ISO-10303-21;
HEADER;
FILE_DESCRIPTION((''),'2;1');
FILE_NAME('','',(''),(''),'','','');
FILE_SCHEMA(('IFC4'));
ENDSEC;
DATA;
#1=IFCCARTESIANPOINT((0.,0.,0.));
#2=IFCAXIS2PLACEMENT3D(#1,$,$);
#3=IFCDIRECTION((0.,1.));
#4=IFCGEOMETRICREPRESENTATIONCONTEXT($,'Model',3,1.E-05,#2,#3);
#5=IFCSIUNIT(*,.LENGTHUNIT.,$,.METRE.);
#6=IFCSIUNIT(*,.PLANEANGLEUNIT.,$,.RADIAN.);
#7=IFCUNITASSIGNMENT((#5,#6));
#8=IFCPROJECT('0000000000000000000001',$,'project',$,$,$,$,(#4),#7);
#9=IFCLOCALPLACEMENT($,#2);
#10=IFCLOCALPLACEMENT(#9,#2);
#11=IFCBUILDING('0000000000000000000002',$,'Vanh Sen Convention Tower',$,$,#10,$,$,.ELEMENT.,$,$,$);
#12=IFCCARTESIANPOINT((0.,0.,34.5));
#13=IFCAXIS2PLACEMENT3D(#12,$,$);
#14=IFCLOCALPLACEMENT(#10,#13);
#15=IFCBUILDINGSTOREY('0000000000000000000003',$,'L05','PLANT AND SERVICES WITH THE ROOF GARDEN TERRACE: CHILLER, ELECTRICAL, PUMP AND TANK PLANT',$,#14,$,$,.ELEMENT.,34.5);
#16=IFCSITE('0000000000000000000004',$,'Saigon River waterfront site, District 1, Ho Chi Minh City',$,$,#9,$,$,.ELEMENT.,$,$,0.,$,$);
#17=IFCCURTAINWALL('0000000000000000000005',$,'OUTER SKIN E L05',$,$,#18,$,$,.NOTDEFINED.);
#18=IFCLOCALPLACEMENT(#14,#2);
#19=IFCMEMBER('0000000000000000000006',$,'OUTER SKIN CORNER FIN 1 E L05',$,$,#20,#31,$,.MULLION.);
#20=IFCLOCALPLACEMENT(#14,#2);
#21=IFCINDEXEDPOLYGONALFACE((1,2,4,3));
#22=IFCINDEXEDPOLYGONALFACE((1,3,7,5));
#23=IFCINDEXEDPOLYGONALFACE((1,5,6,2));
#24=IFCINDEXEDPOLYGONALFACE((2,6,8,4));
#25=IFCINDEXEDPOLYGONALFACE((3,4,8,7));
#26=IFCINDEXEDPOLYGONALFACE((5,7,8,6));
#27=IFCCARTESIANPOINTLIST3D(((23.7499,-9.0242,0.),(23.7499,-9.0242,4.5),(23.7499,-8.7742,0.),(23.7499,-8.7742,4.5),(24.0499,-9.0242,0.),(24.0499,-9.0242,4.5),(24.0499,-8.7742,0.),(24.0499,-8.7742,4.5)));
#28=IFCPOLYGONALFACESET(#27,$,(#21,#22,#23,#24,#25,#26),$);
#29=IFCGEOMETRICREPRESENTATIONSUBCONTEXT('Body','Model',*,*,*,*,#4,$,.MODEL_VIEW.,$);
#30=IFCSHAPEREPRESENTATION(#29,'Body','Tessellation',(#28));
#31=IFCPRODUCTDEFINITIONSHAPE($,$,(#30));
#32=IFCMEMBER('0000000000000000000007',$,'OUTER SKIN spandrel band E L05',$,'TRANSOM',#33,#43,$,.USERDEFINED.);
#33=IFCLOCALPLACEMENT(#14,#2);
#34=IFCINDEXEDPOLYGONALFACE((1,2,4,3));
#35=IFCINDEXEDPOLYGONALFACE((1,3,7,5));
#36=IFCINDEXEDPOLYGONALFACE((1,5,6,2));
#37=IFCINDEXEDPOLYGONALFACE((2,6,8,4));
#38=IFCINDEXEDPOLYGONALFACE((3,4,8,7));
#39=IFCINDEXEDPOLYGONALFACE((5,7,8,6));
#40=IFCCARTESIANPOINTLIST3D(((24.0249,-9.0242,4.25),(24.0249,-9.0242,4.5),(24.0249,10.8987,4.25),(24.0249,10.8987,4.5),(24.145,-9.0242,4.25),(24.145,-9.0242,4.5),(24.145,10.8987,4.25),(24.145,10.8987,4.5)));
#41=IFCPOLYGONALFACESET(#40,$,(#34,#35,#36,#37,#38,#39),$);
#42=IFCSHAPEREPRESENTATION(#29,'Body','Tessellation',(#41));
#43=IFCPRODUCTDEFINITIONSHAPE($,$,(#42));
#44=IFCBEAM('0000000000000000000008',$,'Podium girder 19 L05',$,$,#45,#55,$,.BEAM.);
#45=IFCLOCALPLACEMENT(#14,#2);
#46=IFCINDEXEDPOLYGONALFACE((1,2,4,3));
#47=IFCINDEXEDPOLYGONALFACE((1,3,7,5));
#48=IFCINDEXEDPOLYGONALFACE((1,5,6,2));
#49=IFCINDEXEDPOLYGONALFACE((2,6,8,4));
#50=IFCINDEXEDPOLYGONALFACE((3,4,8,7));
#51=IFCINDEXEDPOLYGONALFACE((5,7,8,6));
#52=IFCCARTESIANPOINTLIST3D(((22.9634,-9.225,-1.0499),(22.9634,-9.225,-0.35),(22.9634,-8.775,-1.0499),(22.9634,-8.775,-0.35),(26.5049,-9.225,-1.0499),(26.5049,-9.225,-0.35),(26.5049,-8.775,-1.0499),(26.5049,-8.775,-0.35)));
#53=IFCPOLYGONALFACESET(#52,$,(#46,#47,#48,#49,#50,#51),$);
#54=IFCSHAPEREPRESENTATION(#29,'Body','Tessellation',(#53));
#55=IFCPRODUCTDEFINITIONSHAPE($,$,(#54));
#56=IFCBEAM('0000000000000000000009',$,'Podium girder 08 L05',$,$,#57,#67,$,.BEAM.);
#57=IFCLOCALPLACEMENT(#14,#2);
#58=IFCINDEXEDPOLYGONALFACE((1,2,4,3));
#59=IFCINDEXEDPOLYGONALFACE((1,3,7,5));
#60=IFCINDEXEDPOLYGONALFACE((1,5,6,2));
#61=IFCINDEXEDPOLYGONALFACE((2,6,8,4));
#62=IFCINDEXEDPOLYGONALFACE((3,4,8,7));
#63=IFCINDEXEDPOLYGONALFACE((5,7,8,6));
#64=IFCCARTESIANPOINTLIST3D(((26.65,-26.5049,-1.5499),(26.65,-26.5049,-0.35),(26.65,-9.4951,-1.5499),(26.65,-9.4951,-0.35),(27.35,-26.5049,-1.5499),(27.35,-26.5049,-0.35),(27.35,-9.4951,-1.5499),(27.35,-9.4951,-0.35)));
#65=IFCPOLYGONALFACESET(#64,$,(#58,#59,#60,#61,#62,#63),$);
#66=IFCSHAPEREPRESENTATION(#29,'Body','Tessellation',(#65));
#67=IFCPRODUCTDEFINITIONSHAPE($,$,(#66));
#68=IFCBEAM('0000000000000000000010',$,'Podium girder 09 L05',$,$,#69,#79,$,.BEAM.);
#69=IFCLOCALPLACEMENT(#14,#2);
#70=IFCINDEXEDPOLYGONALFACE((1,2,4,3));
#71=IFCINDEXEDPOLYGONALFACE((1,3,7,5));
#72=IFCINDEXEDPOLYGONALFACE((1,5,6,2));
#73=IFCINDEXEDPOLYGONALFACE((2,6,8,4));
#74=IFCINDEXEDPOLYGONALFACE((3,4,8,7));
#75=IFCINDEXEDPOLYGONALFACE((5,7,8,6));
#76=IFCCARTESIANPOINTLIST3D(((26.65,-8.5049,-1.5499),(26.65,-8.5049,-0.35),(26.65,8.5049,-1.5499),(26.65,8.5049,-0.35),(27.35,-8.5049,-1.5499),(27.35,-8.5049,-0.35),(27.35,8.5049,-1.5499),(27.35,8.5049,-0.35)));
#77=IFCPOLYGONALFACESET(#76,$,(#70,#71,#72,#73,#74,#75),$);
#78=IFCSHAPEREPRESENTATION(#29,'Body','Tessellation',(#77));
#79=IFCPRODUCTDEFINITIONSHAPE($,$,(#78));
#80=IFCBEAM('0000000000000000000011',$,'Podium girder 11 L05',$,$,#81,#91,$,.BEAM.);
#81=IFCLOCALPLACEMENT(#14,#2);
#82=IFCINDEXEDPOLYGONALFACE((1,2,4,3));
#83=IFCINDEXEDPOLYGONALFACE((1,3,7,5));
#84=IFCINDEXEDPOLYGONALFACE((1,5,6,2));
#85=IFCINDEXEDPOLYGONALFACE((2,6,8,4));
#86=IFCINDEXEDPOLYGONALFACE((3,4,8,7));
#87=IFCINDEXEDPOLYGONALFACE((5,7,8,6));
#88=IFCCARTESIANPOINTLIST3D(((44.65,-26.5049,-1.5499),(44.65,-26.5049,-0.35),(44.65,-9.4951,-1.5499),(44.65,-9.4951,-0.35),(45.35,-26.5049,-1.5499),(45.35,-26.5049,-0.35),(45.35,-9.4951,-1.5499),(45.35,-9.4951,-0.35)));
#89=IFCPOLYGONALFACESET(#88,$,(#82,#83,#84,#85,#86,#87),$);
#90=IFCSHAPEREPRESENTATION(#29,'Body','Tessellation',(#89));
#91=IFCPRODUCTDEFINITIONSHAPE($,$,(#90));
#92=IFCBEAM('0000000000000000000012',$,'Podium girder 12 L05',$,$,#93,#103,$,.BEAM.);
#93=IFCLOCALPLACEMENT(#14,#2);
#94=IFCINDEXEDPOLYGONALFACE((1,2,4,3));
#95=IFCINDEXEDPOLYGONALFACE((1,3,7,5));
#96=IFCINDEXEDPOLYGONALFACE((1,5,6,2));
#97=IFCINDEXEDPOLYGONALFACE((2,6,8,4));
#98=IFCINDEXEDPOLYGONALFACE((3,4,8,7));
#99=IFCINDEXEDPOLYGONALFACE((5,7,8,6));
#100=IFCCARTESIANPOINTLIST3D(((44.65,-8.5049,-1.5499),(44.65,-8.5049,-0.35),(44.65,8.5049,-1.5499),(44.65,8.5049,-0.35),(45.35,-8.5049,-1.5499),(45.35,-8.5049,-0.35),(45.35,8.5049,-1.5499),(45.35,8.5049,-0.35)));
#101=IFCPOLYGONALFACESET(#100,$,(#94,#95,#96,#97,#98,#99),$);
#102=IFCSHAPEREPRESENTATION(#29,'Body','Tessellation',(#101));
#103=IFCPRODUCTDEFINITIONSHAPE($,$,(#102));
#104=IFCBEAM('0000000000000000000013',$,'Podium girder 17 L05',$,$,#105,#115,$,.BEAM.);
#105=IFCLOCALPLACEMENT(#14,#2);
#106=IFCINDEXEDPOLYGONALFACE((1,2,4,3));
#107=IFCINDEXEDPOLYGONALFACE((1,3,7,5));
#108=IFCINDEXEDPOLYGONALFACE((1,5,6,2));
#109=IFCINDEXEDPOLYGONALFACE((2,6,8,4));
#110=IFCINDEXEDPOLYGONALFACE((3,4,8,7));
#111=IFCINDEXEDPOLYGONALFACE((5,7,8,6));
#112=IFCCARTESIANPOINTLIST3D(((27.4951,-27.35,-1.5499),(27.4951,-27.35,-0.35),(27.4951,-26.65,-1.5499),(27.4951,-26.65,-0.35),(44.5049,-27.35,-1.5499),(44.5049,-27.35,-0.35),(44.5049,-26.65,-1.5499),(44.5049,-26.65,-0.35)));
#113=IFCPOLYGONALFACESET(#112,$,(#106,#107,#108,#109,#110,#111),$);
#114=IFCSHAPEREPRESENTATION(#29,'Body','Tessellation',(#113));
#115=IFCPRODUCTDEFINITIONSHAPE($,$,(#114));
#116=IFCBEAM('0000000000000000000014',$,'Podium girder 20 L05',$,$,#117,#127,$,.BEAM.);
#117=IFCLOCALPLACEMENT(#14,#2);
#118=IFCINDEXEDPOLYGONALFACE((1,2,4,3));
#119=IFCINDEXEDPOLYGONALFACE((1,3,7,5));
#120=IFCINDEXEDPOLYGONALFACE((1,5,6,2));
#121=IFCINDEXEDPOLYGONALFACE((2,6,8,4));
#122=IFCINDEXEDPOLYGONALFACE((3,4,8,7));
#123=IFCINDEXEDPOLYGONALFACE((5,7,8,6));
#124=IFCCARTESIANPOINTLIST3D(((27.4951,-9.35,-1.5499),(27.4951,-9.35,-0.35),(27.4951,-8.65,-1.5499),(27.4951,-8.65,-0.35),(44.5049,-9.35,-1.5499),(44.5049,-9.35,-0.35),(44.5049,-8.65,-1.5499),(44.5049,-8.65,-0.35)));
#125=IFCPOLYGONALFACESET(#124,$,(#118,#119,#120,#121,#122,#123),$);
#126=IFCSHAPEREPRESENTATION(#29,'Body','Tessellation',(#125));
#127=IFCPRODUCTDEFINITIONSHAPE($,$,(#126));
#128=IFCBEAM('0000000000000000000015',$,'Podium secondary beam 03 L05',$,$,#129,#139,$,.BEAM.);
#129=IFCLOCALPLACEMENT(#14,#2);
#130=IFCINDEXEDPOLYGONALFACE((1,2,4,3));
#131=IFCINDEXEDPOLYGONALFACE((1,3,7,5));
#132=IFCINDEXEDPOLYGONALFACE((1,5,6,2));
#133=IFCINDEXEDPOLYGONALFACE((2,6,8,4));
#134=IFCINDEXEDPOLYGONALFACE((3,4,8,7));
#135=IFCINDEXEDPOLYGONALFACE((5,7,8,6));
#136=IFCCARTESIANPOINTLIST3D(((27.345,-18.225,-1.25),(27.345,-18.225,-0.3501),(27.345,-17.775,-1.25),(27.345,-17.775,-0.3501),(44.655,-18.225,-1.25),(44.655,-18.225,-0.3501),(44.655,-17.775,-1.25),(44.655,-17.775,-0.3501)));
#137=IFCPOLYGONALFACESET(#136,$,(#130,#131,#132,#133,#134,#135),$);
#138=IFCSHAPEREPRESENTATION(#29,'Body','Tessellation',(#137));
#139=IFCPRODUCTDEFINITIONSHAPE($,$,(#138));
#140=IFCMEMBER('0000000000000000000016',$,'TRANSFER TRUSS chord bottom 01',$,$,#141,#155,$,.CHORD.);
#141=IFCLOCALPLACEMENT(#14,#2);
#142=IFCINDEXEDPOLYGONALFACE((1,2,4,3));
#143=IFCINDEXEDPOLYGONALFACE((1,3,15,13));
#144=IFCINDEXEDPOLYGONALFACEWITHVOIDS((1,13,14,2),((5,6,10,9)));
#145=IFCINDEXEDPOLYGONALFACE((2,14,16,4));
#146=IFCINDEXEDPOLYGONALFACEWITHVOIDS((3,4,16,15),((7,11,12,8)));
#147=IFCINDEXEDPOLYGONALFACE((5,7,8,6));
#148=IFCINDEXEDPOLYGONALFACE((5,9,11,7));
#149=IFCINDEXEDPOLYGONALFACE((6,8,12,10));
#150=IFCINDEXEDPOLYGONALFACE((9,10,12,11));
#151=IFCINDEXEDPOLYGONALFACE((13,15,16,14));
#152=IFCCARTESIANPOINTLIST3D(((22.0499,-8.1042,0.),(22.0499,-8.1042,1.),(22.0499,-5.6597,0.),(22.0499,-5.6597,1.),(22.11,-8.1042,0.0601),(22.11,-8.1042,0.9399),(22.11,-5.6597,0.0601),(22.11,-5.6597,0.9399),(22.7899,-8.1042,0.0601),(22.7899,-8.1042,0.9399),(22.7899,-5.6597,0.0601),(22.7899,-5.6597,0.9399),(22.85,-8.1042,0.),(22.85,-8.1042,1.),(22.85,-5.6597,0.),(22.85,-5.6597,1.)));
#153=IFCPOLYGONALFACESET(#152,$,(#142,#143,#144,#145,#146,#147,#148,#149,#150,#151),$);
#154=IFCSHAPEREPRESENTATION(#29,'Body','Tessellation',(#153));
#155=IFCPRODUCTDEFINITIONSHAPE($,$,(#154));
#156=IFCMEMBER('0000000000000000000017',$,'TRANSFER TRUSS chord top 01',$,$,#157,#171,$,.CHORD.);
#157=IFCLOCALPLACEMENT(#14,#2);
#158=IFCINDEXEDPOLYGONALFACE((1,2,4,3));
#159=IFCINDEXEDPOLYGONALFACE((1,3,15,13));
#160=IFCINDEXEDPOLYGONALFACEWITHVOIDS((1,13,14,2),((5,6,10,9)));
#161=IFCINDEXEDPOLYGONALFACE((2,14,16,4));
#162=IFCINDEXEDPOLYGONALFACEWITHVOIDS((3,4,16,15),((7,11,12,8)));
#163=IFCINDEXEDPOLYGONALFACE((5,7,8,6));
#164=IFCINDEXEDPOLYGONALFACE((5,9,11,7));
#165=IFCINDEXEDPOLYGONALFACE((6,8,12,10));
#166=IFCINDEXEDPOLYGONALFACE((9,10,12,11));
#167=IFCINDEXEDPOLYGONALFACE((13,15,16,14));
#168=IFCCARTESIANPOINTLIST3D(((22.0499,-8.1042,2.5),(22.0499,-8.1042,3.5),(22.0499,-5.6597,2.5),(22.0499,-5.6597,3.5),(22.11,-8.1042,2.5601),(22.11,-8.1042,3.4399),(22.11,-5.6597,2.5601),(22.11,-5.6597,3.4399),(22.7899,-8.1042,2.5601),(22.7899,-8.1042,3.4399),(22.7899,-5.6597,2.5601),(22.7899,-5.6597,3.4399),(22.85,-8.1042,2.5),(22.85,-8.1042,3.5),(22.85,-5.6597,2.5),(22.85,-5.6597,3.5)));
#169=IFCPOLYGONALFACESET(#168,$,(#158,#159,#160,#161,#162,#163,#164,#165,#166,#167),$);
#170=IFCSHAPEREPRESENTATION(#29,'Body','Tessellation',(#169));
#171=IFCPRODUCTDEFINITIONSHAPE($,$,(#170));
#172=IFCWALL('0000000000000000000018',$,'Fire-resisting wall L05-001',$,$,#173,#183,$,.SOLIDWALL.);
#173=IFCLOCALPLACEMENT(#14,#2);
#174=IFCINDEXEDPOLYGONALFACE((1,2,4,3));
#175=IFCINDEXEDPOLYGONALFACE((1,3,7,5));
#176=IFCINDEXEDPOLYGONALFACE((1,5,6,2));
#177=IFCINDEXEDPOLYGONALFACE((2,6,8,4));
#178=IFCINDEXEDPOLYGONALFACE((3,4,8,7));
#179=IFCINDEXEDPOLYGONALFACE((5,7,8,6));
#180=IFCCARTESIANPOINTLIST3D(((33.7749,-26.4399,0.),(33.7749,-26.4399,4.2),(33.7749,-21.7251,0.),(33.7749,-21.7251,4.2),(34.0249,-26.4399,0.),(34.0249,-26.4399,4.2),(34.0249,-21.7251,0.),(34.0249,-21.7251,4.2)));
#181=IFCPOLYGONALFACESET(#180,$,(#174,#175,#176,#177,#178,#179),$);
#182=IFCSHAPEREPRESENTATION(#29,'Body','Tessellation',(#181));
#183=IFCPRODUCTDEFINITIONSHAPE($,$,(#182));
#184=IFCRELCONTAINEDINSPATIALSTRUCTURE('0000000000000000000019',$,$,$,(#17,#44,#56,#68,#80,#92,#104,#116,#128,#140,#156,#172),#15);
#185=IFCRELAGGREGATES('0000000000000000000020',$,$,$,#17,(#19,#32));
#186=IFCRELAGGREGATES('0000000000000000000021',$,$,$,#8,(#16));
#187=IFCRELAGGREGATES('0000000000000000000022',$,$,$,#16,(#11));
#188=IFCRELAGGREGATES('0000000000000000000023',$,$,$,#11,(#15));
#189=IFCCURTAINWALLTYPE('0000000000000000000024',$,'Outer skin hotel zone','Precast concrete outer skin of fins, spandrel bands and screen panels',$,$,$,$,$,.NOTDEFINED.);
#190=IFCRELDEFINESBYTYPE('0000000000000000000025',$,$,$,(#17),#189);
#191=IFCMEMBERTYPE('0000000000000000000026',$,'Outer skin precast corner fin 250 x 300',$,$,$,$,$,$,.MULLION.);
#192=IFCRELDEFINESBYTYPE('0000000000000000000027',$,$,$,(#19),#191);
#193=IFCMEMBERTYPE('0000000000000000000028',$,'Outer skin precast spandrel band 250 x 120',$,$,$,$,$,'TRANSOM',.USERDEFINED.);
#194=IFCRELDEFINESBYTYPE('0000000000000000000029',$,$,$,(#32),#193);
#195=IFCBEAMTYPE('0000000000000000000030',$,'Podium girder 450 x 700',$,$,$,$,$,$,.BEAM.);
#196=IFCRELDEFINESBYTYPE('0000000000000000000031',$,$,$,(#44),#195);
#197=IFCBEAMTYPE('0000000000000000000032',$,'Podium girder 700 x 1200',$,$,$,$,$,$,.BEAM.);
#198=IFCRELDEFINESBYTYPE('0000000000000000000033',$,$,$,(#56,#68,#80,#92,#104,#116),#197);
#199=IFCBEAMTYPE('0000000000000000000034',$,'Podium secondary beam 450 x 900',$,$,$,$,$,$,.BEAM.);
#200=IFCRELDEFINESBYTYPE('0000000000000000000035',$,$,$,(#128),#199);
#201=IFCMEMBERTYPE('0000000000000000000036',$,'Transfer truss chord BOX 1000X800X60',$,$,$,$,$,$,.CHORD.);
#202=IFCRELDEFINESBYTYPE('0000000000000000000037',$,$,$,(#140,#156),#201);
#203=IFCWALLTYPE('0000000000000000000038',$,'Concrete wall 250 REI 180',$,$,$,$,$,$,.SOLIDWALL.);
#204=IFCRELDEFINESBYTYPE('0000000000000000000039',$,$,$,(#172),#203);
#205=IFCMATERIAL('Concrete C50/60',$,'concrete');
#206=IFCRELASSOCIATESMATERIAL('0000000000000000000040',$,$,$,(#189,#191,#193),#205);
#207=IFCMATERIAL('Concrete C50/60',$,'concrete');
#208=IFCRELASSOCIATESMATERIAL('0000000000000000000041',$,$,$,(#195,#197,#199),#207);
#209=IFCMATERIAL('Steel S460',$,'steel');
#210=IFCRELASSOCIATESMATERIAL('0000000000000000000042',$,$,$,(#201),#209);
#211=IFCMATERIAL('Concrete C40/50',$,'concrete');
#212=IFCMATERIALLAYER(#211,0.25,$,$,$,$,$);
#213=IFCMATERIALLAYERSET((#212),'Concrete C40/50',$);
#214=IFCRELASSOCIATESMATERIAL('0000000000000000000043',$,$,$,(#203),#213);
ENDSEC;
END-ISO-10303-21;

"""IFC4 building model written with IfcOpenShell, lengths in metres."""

from ifc_helpers import new_model, si_unit, direction, frame, frame_2d, origin, origin_2d, place, context, subcontext, project, spatial, rectangle, hollow_rectangle, extrude, material, layer, layer_set, material_profile, profile_set, type_object, element, aggregate, save


model = new_model("IFC4")

# Units and contexts
model_context = context("Model", 3, precision=1e-05, world=origin(), true_north=direction((0.0, 1.0)))
body_context = subcontext(model_context, "Body", "Model", "MODEL_VIEW")
ifc_project = project(units=[si_unit("LENGTHUNIT", "METRE"), si_unit("PLANEANGLEUNIT", "RADIAN")], contexts=[model_context])

# Site, building, storey
site_placement = place(None, origin())
site = spatial("IfcSite", under=ifc_project, at=site_placement, Name="Saigon River waterfront site, District 1, Ho Chi Minh City", CompositionType="ELEMENT", RefElevation=0.0)
building_placement = place(site_placement, origin())
building = spatial("IfcBuilding", under=site, at=building_placement, Name="Vanh Sen Convention Tower", CompositionType="ELEMENT")
storey_placement = place(building_placement, frame((0.0, 0.0, 34.5)))
storey = spatial("IfcBuildingStorey", under=building, at=storey_placement, Name="L05", Description="PLANT AND SERVICES WITH THE ROOF GARDEN TERRACE: CHILLER, ELECTRICAL, PUMP AND TANK PLANT", CompositionType="ELEMENT", Elevation=34.5)

# Curtain wall, members
ifc_material_1 = material(Name="Concrete C50/60", Category="concrete")
curtain_wall_type = type_object("IfcCurtainWallType", Name="Outer skin hotel zone", Description="Precast concrete outer skin of fins, spandrel bands and screen panels", PredefinedType="NOTDEFINED", material=ifc_material_1)
curtain_wall_placement = place(storey_placement, origin())
curtain_wall = element("IfcCurtainWall", 1, at=curtain_wall_placement, inside=storey, type_object=curtain_wall_type, Name="OUTER SKIN E L05", PredefinedType="NOTDEFINED")
ifc_material_profile_1 = material_profile(ifc_material_1, rectangle(XDim=0.25, YDim=0.3, at=origin_2d()), Name="Outer skin precast corner fin 250 x 300")
ifc_profile_set_1 = profile_set([ifc_material_profile_1], Name="Concrete C50/60")
member_type_1 = type_object("IfcMemberType", Name="Outer skin precast corner fin 250 x 300", PredefinedType="MULLION", material=ifc_profile_set_1)
member_1_placement = place(storey_placement, frame((23.8999, -8.8992, 0.0), z_axis=(0.0, 0.0, 1.0), x_axis=(0.0, 1.0, 0.0)))
member_1 = element("IfcMember", 2, at=member_1_placement, type_object=member_type_1, Name="OUTER SKIN CORNER FIN 1 E L05", PredefinedType="MULLION", context=body_context, shape_type="SweptSolid", body=[
    extrude(rectangle(XDim=0.25, YDim=0.3, at=origin_2d()), origin(), (0.0, 0.0, 1.0), 4.5),
])
ifc_material_profile_2 = material_profile(ifc_material_1, rectangle(XDim=0.1201, YDim=0.25, at=origin_2d()), Name="Outer skin precast spandrel band 250 x 120")
ifc_profile_set_2 = profile_set([ifc_material_profile_2], Name="Concrete C50/60")
member_type_2 = type_object("IfcMemberType", Name="Outer skin precast spandrel band 250 x 120", ElementType="TRANSOM", PredefinedType="USERDEFINED", material=ifc_profile_set_2)
member_2_placement = place(storey_placement, frame((24.085, -9.0242, 4.375), z_axis=(0.0, 1.0, 0.0), x_axis=(-1.0, 0.0, 0.0)))
member_2 = element("IfcMember", 3, at=member_2_placement, type_object=member_type_2, Name="OUTER SKIN spandrel band E L05", ObjectType="TRANSOM", PredefinedType="USERDEFINED", context=body_context, shape_type="SweptSolid", body=[
    extrude(rectangle(XDim=0.1201, YDim=0.25, at=origin_2d()), origin(), (0.0, 0.0, 1.0), 19.9229),
])
aggregate(curtain_wall, [member_1, member_2])

# Beams
ifc_material_2 = material(Name="Concrete C50/60", Category="concrete")
ifc_material_profile_3 = material_profile(ifc_material_2, rectangle(XDim=0.45, YDim=0.7, at=origin_2d()), Name="RC 450X700")
ifc_profile_set_3 = profile_set([ifc_material_profile_3], Name="Concrete C50/60")
beam_type_1 = type_object("IfcBeamType", Name="Podium girder 450 x 700", PredefinedType="BEAM", material=ifc_profile_set_3)
beam_1_placement = place(storey_placement, frame((22.9634, -9.0, -0.7), z_axis=(1.0, 0.0, 0.0), x_axis=(0.0, 1.0, 0.0)))
element("IfcBeam", 4, at=beam_1_placement, inside=storey, type_object=beam_type_1, Name="Podium girder 19 L05", PredefinedType="BEAM", context=body_context, shape_type="SweptSolid", body=[
    extrude(rectangle(XDim=0.45, YDim=0.7, at=origin_2d()), origin(), (0.0, 0.0, 1.0), 3.5415),
])
ifc_material_profile_4 = material_profile(ifc_material_2, rectangle(XDim=0.7, YDim=1.2, at=origin_2d()), Name="RC 700X1200")
ifc_profile_set_4 = profile_set([ifc_material_profile_4], Name="Concrete C50/60")
beam_type_2 = type_object("IfcBeamType", Name="Podium girder 700 x 1200", PredefinedType="BEAM", material=ifc_profile_set_4)
for number, where, z_axis, x_axis, name in (
    (5, (27.0, -26.5049, -0.95), (0.0, 1.0, 0.0), (-1.0, 0.0, 0.0), "Podium girder 08 L05"),
    (6, (27.0, -8.5049, -0.95), (0.0, 1.0, 0.0), (-1.0, 0.0, 0.0), "Podium girder 09 L05"),
    (7, (45.0, -26.5049, -0.95), (0.0, 1.0, 0.0), (-1.0, 0.0, 0.0), "Podium girder 11 L05"),
    (8, (45.0, -8.5049, -0.95), (0.0, 1.0, 0.0), (-1.0, 0.0, 0.0), "Podium girder 12 L05"),
    (9, (27.4951, -27.0, -0.95), (1.0, 0.0, 0.0), (0.0, 1.0, 0.0), "Podium girder 17 L05"),
    (10, (27.4951, -9.0, -0.95), (1.0, 0.0, 0.0), (0.0, 1.0, 0.0), "Podium girder 20 L05"),
):
    element("IfcBeam", number, at=place(storey_placement, frame(where, z_axis=z_axis, x_axis=x_axis)), inside=storey, type_object=beam_type_2, Name=name, PredefinedType="BEAM", context=body_context, shape_type="SweptSolid", body=[
        extrude(rectangle(XDim=0.7, YDim=1.2, at=origin_2d()), origin(), (0.0, 0.0, 1.0), 17.0098),
    ])
ifc_material_profile_5 = material_profile(ifc_material_2, rectangle(XDim=0.45, YDim=0.8999, at=origin_2d()), Name="RC 450X900")
ifc_profile_set_5 = profile_set([ifc_material_profile_5], Name="Concrete C50/60")
beam_type_3 = type_object("IfcBeamType", Name="Podium secondary beam 450 x 900", PredefinedType="BEAM", material=ifc_profile_set_5)
beam_2_placement = place(storey_placement, frame((27.345, -18.0, -0.8), z_axis=(1.0, 0.0, 0.0), x_axis=(0.0, 1.0, 0.0)))
element("IfcBeam", 11, at=beam_2_placement, inside=storey, type_object=beam_type_3, Name="Podium secondary beam 03 L05", PredefinedType="BEAM", context=body_context, shape_type="SweptSolid", body=[
    extrude(rectangle(XDim=0.45, YDim=0.8999, at=origin_2d()), origin(), (0.0, 0.0, 1.0), 17.3101),
])

# Members
ifc_material_3 = material(Name="Steel S460", Category="steel")
ifc_material_profile_6 = material_profile(ifc_material_3, hollow_rectangle(XDim=0.8, YDim=1.0, WallThickness=0.0601, at=origin_2d()), Name="BOX 1000X800X60")
ifc_profile_set_6 = profile_set([ifc_material_profile_6], Name="Steel S460")
member_type_3 = type_object("IfcMemberType", Name="Transfer truss chord BOX 1000X800X60", PredefinedType="CHORD", material=ifc_profile_set_6)
for number, where, z_axis, x_axis, name in (
    (12, (22.45, -8.1042, 0.5), (0.0, 1.0, 0.0), (-1.0, 0.0, 0.0), "TRANSFER TRUSS chord bottom 01"),
    (13, (22.45, -8.1042, 3.0), (0.0, 1.0, 0.0), (-1.0, 0.0, 0.0), "TRANSFER TRUSS chord top 01"),
):
    element("IfcMember", number, at=place(storey_placement, frame(where, z_axis=z_axis, x_axis=x_axis)), inside=storey, type_object=member_type_3, Name=name, PredefinedType="CHORD", context=body_context, shape_type="SweptSolid", body=[
        extrude(hollow_rectangle(XDim=0.8, YDim=1.0, WallThickness=0.0601, at=origin_2d()), origin(), (0.0, 0.0, 1.0), 2.4446),
    ])

# Wall
ifc_material_4 = material(Name="Concrete C40/50", Category="concrete")
ifc_layer_1 = layer(ifc_material_4, 0.25)
ifc_layer_set_1 = layer_set([ifc_layer_1], Name="Concrete C40/50")
wall_type_1 = type_object("IfcWallType", Name="Concrete wall 250 REI 180", PredefinedType="SOLIDWALL", material=ifc_layer_set_1)
wall_1_placement = place(storey_placement, frame((33.8999, -26.4399, 0.0), z_axis=(0.0, 0.0, 1.0), x_axis=(0.0, 1.0, 0.0)))
element("IfcWall", 14, at=wall_1_placement, inside=storey, type_object=wall_type_1, Name="Fire-resisting wall L05-001", PredefinedType="SOLIDWALL", context=body_context, shape_type="SweptSolid", body=[
    extrude(rectangle(XDim=4.7148, YDim=0.25, at=frame_2d((2.3574, 0.0))), origin(), (0.0, 0.0, 1.0), 4.2),
])

save(model, "model.ifc")
